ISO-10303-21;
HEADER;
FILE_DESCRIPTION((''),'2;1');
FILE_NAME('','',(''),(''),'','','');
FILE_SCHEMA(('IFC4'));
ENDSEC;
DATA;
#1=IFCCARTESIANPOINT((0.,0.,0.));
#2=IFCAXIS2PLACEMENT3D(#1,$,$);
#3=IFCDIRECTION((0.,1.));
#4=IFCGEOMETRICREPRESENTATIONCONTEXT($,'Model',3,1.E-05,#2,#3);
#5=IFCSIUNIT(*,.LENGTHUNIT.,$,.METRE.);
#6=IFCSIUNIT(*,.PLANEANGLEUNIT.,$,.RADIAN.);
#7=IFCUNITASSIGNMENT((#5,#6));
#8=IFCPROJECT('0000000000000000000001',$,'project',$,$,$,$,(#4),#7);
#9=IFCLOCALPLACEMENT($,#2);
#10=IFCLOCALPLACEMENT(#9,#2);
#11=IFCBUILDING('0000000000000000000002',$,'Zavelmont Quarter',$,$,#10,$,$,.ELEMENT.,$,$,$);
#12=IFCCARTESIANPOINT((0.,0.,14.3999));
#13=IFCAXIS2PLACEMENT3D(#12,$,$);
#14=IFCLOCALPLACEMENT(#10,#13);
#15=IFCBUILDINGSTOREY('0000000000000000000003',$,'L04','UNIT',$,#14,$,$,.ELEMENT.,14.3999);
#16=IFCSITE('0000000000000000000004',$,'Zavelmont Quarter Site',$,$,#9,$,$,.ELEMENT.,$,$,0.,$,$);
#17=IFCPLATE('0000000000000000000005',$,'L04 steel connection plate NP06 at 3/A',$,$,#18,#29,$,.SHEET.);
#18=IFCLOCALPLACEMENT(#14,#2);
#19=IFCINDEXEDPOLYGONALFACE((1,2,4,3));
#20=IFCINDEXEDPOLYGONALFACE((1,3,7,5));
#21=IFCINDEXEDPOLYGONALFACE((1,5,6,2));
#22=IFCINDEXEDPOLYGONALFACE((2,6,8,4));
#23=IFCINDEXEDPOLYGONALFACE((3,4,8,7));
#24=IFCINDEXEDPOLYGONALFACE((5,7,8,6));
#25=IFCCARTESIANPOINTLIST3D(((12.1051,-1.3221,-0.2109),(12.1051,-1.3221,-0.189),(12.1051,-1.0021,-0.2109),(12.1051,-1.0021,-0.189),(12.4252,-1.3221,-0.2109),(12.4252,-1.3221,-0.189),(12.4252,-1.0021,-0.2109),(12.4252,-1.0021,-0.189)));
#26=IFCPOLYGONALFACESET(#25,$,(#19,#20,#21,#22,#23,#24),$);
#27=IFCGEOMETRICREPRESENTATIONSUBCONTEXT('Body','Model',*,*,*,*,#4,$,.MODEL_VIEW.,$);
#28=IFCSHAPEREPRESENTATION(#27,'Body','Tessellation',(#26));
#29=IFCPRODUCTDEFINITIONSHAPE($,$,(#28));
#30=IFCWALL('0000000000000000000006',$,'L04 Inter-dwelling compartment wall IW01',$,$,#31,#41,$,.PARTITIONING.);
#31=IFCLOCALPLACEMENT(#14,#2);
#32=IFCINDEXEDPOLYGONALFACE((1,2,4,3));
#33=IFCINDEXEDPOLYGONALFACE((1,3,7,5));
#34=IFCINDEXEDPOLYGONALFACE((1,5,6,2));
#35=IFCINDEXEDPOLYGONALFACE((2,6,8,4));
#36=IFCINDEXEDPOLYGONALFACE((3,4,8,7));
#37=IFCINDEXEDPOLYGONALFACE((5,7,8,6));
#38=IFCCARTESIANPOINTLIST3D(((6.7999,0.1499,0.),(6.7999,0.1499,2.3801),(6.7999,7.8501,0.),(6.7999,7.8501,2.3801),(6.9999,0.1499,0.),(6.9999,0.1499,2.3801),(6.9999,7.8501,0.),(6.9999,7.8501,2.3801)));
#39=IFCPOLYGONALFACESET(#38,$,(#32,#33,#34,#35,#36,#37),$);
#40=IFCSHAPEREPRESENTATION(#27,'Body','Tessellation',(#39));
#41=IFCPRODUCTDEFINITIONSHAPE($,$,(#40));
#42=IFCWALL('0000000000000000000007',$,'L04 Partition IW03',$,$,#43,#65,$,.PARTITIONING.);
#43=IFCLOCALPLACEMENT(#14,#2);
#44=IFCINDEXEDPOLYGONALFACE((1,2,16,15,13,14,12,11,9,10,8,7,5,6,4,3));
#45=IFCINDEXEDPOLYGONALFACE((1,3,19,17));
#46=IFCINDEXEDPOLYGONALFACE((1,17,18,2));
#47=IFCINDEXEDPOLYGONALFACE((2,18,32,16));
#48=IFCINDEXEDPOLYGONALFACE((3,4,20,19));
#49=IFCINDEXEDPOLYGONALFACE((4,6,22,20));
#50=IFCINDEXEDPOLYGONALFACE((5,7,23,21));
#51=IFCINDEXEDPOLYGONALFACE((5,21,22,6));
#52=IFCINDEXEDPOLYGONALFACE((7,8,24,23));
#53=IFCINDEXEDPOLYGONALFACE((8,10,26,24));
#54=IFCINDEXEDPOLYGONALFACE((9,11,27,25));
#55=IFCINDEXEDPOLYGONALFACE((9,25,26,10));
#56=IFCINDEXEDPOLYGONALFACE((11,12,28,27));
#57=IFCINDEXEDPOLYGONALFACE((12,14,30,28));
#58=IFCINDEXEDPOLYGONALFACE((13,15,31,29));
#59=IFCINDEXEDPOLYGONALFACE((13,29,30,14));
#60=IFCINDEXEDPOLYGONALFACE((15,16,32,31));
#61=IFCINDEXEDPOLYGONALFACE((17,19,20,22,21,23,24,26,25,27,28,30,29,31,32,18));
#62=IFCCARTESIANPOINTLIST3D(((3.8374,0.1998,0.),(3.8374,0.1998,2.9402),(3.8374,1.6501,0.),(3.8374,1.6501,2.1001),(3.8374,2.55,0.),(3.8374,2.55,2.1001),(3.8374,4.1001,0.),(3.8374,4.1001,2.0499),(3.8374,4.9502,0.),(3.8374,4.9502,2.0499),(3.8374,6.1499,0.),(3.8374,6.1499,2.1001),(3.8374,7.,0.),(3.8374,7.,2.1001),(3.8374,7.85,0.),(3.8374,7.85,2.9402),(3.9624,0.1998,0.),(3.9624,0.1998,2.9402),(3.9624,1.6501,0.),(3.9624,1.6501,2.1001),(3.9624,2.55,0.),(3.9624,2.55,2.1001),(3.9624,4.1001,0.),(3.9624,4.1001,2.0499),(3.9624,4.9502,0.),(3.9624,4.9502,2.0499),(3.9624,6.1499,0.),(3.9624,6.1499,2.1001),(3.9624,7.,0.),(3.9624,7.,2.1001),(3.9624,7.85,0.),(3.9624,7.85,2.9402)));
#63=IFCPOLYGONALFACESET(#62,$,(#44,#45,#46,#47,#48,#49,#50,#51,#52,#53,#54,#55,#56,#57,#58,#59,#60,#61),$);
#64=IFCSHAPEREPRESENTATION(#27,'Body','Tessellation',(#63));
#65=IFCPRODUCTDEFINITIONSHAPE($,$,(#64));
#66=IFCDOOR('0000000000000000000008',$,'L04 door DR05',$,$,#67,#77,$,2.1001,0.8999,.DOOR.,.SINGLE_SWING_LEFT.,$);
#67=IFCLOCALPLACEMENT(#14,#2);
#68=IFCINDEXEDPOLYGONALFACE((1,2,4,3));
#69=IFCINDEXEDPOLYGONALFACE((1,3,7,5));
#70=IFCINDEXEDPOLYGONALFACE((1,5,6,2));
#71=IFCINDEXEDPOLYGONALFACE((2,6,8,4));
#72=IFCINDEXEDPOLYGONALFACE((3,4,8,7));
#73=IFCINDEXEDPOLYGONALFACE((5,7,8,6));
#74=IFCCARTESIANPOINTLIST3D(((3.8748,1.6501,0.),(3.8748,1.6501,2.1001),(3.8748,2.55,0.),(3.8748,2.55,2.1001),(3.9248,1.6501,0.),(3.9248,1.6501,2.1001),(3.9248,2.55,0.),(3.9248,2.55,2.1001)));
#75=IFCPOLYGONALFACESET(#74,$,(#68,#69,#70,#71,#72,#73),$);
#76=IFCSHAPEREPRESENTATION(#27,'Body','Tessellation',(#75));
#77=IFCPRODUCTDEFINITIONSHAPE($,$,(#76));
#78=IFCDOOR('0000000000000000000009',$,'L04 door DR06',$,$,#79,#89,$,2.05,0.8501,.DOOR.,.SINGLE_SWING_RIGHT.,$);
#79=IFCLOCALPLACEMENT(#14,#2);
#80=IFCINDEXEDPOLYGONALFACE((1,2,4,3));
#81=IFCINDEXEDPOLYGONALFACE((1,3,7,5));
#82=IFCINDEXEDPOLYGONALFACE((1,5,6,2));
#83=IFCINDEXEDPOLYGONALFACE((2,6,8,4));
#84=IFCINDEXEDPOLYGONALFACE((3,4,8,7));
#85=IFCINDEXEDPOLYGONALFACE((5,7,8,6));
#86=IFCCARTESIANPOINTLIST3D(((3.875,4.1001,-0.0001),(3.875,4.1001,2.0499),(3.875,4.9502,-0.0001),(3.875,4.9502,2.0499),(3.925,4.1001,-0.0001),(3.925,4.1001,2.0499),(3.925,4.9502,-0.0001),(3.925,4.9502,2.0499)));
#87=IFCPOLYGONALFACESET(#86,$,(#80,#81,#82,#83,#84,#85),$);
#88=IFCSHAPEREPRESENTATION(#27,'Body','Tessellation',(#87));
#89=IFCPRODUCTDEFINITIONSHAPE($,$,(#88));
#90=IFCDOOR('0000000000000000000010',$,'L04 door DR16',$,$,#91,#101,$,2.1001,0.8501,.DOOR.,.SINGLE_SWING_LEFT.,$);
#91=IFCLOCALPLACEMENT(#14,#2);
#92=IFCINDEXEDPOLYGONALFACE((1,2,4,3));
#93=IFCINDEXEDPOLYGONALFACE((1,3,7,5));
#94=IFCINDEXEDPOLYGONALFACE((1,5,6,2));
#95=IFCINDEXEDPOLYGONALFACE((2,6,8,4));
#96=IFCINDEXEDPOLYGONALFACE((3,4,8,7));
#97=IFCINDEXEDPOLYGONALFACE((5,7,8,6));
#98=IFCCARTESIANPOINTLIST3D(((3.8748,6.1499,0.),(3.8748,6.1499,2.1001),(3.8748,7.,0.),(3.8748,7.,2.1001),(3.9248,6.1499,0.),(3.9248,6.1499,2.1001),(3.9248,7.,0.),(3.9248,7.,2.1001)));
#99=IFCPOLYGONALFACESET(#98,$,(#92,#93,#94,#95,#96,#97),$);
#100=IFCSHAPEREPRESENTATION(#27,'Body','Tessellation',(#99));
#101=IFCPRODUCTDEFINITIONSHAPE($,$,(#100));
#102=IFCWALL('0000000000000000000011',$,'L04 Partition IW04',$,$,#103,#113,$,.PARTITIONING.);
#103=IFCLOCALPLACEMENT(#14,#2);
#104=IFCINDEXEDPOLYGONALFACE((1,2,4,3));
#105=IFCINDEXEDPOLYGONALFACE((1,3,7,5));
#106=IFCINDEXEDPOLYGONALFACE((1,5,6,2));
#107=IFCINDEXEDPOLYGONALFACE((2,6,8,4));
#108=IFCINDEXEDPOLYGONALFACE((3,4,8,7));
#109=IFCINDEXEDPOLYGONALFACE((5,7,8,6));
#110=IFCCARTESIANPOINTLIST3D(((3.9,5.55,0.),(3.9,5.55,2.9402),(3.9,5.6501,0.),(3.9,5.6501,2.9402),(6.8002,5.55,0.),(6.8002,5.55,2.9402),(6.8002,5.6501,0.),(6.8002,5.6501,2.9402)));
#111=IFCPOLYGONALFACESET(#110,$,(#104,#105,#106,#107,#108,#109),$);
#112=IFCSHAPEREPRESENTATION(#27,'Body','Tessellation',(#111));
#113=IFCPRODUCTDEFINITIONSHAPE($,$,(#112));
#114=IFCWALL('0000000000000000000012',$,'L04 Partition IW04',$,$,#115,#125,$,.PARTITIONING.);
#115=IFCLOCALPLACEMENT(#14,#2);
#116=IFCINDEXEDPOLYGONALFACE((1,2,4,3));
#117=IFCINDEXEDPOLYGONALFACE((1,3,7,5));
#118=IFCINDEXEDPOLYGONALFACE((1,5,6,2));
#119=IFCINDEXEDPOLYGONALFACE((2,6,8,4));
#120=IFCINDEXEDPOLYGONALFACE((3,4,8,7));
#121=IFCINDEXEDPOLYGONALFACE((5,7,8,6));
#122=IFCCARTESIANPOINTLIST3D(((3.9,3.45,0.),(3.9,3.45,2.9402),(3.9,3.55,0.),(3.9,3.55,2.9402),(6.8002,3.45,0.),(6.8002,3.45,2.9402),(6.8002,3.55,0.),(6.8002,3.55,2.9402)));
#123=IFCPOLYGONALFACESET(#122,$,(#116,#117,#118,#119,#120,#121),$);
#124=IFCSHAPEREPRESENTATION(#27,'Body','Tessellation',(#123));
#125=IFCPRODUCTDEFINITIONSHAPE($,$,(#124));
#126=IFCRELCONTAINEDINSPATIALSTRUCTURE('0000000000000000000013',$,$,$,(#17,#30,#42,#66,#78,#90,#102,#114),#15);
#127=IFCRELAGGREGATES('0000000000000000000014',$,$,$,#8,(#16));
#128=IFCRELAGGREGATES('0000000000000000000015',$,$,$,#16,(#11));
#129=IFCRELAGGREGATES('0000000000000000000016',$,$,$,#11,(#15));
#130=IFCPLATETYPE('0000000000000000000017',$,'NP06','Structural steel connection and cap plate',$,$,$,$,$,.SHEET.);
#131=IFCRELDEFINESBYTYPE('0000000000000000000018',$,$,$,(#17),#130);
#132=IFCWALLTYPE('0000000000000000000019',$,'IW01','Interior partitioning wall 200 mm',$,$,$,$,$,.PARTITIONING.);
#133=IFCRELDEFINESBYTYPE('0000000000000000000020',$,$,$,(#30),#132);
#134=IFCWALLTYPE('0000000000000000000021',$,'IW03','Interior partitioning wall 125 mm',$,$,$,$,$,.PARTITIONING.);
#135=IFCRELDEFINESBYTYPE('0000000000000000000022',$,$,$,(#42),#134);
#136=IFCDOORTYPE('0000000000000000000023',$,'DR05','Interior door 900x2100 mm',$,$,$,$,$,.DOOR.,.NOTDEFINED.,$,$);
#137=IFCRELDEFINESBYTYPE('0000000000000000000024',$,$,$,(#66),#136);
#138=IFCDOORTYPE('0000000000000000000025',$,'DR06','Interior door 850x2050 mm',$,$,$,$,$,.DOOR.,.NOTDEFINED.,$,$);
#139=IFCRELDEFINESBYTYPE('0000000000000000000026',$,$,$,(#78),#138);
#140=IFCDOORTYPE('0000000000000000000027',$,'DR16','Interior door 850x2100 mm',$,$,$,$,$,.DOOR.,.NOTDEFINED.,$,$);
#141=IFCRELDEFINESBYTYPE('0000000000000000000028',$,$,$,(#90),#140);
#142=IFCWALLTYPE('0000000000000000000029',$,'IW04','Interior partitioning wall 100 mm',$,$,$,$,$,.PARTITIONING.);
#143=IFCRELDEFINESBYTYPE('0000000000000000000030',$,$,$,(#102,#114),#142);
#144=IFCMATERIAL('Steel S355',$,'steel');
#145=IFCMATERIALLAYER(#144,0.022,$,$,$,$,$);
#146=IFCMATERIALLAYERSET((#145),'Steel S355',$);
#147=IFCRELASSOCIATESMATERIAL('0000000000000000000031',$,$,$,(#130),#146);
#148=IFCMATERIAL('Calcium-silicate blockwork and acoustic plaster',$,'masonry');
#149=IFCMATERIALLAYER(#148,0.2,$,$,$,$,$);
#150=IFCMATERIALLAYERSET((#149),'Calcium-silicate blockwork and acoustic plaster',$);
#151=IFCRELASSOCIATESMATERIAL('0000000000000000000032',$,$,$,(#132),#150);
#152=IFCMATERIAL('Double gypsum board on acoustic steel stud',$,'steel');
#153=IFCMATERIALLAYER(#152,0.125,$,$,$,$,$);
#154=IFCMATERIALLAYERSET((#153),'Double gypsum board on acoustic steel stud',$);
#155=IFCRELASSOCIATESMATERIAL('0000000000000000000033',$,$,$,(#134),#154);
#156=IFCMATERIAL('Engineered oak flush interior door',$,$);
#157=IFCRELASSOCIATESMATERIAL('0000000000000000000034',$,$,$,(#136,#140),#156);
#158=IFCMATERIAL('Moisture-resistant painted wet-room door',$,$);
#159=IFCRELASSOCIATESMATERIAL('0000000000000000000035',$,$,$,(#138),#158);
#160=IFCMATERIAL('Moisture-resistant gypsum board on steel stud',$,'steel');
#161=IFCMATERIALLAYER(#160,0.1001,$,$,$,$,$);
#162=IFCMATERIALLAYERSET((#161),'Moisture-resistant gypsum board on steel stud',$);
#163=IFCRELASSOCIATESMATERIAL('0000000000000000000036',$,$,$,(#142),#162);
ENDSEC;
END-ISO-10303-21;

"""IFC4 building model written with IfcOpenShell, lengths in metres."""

from ifc_helpers import new_model, si_unit, direction, frame, frame_2d, origin, origin_with_axes, origin_2d, place, context, subcontext, project, spatial, rectangle, extrude, material, layer, layer_set, type_object, element, fill, save


model = new_model("IFC4")

# Units and contexts
model_context = context("Model", 3, precision=1e-05, world=origin(), true_north=direction((0.0, 1.0)))
body_context = subcontext(model_context, "Body", "Model", "MODEL_VIEW")
ifc_project = project(units=[si_unit("LENGTHUNIT", "METRE"), si_unit("PLANEANGLEUNIT", "RADIAN")], contexts=[model_context])

# Site, building, storey
site_placement = place(None, origin())
site = spatial("IfcSite", under=ifc_project, at=site_placement, Name="Zavelmont Quarter Site", CompositionType="ELEMENT", RefElevation=0.0)
building_placement = place(site_placement, origin())
building = spatial("IfcBuilding", under=site, at=building_placement, Name="Zavelmont Quarter", CompositionType="ELEMENT")
storey_placement = place(building_placement, frame((0.0, 0.0, 14.3999)))
storey = spatial("IfcBuildingStorey", under=building, at=storey_placement, Name="L04", Description="UNIT", CompositionType="ELEMENT", Elevation=14.3999)

# Shared definitions
ifc_material_1 = material(Name="Steel S355", Category="steel")

# Plate
ifc_layer_1 = layer(ifc_material_1, 0.022)
ifc_layer_set_1 = layer_set([ifc_layer_1], Name="Steel S355")
plate_type = type_object("IfcPlateType", Name="NP06", Description="Structural steel connection and cap plate", PredefinedType="SHEET", material=ifc_layer_set_1)
for number, where, z_axis, x_axis, name in (
    (1, (12.2651, -1.1621, -0.2109), (0.0, 0.0, 1.0), (1.0, 0.0, 0.0), "L04 steel connection plate NP06 at 3/A"),
):
    element("IfcPlate", number, at=place(storey_placement, frame(where, z_axis=z_axis, x_axis=x_axis)), inside=storey, type_object=plate_type, Name=name, PredefinedType="SHEET", context=body_context, shape_type="SweptSolid", body=[
        extrude(rectangle(XDim=0.3201, YDim=0.3201, at=origin_2d()), origin(), (0.0, 0.0, 1.0), 0.022),
    ])

# Wall
ifc_material_2 = material(Name="Calcium-silicate blockwork and acoustic plaster", Category="masonry")
ifc_layer_2 = layer(ifc_material_2, 0.2)
ifc_layer_set_2 = layer_set([ifc_layer_2], Name="Calcium-silicate blockwork and acoustic plaster")
wall_type_1 = type_object("IfcWallType", Name="IW01", Description="Interior partitioning wall 200 mm", PredefinedType="PARTITIONING", material=ifc_layer_set_2)
wall_1_placement = place(storey_placement, frame((6.8999, 7.8501, 0.0), z_axis=(0.0, 0.0, 1.0), x_axis=(0.0, -1.0, 0.0)))
element("IfcWall", 2, at=wall_1_placement, inside=storey, type_object=wall_type_1, Name="L04 Inter-dwelling compartment wall IW01", PredefinedType="PARTITIONING", context=body_context, shape_type="SweptSolid", body=[
    extrude(rectangle(XDim=7.7002, YDim=0.2, at=frame_2d((3.8501, 0.0))), origin(), (0.0, 0.0, 1.0), 2.3801),
])

# Wall, openings, doors
ifc_material_3 = material(Name="Double gypsum board on acoustic steel stud", Category="steel")
ifc_layer_3 = layer(ifc_material_3, 0.125)
ifc_layer_set_3 = layer_set([ifc_layer_3], Name="Double gypsum board on acoustic steel stud")
wall_type_2 = type_object("IfcWallType", Name="IW03", Description="Interior partitioning wall 125 mm", PredefinedType="PARTITIONING", material=ifc_layer_set_3)
wall_2_placement = place(storey_placement, frame((3.8999, 7.8501, 0.0), z_axis=(0.0, 0.0, 1.0), x_axis=(0.0, -1.0, 0.0)))
wall_2 = element("IfcWall", 3, at=wall_2_placement, inside=storey, type_object=wall_type_2, Name="L04 Partition IW03", PredefinedType="PARTITIONING", context=body_context, shape_type="SweptSolid", body=[
    extrude(rectangle(XDim=7.6501, YDim=0.125, at=frame_2d((3.8252, 0.0))), origin(), (0.0, 0.0, 1.0), 2.9402),
])
opening_1_placement = place(wall_2_placement, frame((0.8501, 0.0, 0.0)))
opening_1 = element("IfcOpeningElement", 4, at=opening_1_placement, cuts=wall_2, PredefinedType="OPENING", context=body_context, shape_type="SweptSolid", body=[
    extrude(rectangle(XDim=0.8501, YDim=2.1001, at=frame_2d((0.425, 1.05))), frame((0.0, 0.0745, 0.0), z_axis=(0.0, -1.0, 0.0), x_axis=(1.0, 0.0, 0.0)), (0.0, 0.0, 1.0), 0.1489),
])
opening_2_placement = place(wall_2_placement, frame((2.8999, 0.0, 0.0)))
opening_2 = element("IfcOpeningElement", 5, at=opening_2_placement, cuts=wall_2, PredefinedType="OPENING", context=body_context, shape_type="SweptSolid", body=[
    extrude(rectangle(XDim=0.8501, YDim=2.05, at=frame_2d((0.425, 1.0249))), frame((0.0, 0.0745, 0.0), z_axis=(0.0, -1.0, 0.0), x_axis=(1.0, 0.0, 0.0)), (0.0, 0.0, 1.0), 0.1489),
])
opening_3_placement = place(wall_2_placement, frame((5.3, 0.0, 0.0)))
opening_3 = element("IfcOpeningElement", 6, at=opening_3_placement, cuts=wall_2, PredefinedType="OPENING", context=body_context, shape_type="SweptSolid", body=[
    extrude(rectangle(XDim=0.8999, YDim=2.1001, at=frame_2d((0.45, 1.05))), frame((0.0, 0.0745, 0.0), z_axis=(0.0, -1.0, 0.0), x_axis=(1.0, 0.0, 0.0)), (0.0, 0.0, 1.0), 0.1489),
])
ifc_material_4 = material(Name="Engineered oak flush interior door")
door_type_1 = type_object("IfcDoorType", Name="DR05", Description="Interior door 900x2100 mm", OperationType="NOTDEFINED", PredefinedType="DOOR", material=ifc_material_4)
door_1_placement = place(opening_3_placement, origin_with_axes())
door_1 = element("IfcDoor", 7, at=door_1_placement, inside=storey, type_object=door_type_1, Name="L04 door DR05", OperationType="SINGLE_SWING_LEFT", OverallHeight=2.1001, OverallWidth=0.8999, PredefinedType="DOOR", context=body_context, shape_type="SweptSolid", body=[
    extrude(rectangle(XDim=0.8999, YDim=2.1001, at=frame_2d((0.45, 1.05))), frame((0.0, 0.0249, 0.0), z_axis=(0.0, -1.0, 0.0), x_axis=(1.0, 0.0, 0.0)), (0.0, 0.0, 1.0), 0.05),
])
fill(opening_3, door_1)
ifc_material_5 = material(Name="Moisture-resistant painted wet-room door")
door_type_2 = type_object("IfcDoorType", Name="DR06", Description="Interior door 850x2050 mm", OperationType="NOTDEFINED", PredefinedType="DOOR", material=ifc_material_5)
door_2_placement = place(opening_2_placement, frame((0.8501, 0.0, 0.0), z_axis=(0.0, 0.0, 1.0), x_axis=(-1.0, 0.0, 0.0)))
door_2 = element("IfcDoor", 8, at=door_2_placement, inside=storey, type_object=door_type_2, Name="L04 door DR06", OperationType="SINGLE_SWING_RIGHT", OverallHeight=2.05, OverallWidth=0.8501, PredefinedType="DOOR", context=body_context, shape_type="SweptSolid", body=[
    extrude(rectangle(XDim=0.8501, YDim=2.05, at=frame_2d((0.425, 1.0249))), frame((0.0, 0.0249, 0.0), z_axis=(0.0, -1.0, 0.0), x_axis=(1.0, 0.0, 0.0)), (0.0, 0.0, 1.0), 0.05),
])
fill(opening_2, door_2)
door_type_3 = type_object("IfcDoorType", Name="DR16", Description="Interior door 850x2100 mm", OperationType="NOTDEFINED", PredefinedType="DOOR", material=ifc_material_4)
door_3_placement = place(opening_1_placement, origin_with_axes())
door_3 = element("IfcDoor", 9, at=door_3_placement, inside=storey, type_object=door_type_3, Name="L04 door DR16", OperationType="SINGLE_SWING_LEFT", OverallHeight=2.1001, OverallWidth=0.8501, PredefinedType="DOOR", context=body_context, shape_type="SweptSolid", body=[
    extrude(rectangle(XDim=0.8501, YDim=2.1001, at=frame_2d((0.425, 1.05))), frame((0.0, 0.0249, 0.0), z_axis=(0.0, -1.0, 0.0), x_axis=(1.0, 0.0, 0.0)), (0.0, 0.0, 1.0), 0.05),
])
fill(opening_1, door_3)

# Walls
ifc_material_6 = material(Name="Moisture-resistant gypsum board on steel stud", Category="steel")
ifc_layer_4 = layer(ifc_material_6, 0.1001)
ifc_layer_set_4 = layer_set([ifc_layer_4], Name="Moisture-resistant gypsum board on steel stud")
wall_type_3 = type_object("IfcWallType", Name="IW04", Description="Interior partitioning wall 100 mm", PredefinedType="PARTITIONING", material=ifc_layer_set_4)
for number, where, z_axis, x_axis, name in (
    (10, (3.8999, 5.6001, 0.0), (0.0, 0.0, 1.0), (1.0, 0.0, 0.0), "L04 Partition IW04"),
    (11, (3.8999, 3.5, 0.0), (0.0, 0.0, 1.0), (1.0, 0.0, 0.0), "L04 Partition IW04"),
):
    element("IfcWall", number, at=place(storey_placement, frame(where, z_axis=z_axis, x_axis=x_axis)), inside=storey, type_object=wall_type_3, Name=name, PredefinedType="PARTITIONING", context=body_context, shape_type="SweptSolid", body=[
        extrude(rectangle(XDim=2.9001, YDim=0.1001, at=frame_2d((1.4502, 0.0))), origin(), (0.0, 0.0, 1.0), 2.9402),
    ])

save(model, "model.ifc")
